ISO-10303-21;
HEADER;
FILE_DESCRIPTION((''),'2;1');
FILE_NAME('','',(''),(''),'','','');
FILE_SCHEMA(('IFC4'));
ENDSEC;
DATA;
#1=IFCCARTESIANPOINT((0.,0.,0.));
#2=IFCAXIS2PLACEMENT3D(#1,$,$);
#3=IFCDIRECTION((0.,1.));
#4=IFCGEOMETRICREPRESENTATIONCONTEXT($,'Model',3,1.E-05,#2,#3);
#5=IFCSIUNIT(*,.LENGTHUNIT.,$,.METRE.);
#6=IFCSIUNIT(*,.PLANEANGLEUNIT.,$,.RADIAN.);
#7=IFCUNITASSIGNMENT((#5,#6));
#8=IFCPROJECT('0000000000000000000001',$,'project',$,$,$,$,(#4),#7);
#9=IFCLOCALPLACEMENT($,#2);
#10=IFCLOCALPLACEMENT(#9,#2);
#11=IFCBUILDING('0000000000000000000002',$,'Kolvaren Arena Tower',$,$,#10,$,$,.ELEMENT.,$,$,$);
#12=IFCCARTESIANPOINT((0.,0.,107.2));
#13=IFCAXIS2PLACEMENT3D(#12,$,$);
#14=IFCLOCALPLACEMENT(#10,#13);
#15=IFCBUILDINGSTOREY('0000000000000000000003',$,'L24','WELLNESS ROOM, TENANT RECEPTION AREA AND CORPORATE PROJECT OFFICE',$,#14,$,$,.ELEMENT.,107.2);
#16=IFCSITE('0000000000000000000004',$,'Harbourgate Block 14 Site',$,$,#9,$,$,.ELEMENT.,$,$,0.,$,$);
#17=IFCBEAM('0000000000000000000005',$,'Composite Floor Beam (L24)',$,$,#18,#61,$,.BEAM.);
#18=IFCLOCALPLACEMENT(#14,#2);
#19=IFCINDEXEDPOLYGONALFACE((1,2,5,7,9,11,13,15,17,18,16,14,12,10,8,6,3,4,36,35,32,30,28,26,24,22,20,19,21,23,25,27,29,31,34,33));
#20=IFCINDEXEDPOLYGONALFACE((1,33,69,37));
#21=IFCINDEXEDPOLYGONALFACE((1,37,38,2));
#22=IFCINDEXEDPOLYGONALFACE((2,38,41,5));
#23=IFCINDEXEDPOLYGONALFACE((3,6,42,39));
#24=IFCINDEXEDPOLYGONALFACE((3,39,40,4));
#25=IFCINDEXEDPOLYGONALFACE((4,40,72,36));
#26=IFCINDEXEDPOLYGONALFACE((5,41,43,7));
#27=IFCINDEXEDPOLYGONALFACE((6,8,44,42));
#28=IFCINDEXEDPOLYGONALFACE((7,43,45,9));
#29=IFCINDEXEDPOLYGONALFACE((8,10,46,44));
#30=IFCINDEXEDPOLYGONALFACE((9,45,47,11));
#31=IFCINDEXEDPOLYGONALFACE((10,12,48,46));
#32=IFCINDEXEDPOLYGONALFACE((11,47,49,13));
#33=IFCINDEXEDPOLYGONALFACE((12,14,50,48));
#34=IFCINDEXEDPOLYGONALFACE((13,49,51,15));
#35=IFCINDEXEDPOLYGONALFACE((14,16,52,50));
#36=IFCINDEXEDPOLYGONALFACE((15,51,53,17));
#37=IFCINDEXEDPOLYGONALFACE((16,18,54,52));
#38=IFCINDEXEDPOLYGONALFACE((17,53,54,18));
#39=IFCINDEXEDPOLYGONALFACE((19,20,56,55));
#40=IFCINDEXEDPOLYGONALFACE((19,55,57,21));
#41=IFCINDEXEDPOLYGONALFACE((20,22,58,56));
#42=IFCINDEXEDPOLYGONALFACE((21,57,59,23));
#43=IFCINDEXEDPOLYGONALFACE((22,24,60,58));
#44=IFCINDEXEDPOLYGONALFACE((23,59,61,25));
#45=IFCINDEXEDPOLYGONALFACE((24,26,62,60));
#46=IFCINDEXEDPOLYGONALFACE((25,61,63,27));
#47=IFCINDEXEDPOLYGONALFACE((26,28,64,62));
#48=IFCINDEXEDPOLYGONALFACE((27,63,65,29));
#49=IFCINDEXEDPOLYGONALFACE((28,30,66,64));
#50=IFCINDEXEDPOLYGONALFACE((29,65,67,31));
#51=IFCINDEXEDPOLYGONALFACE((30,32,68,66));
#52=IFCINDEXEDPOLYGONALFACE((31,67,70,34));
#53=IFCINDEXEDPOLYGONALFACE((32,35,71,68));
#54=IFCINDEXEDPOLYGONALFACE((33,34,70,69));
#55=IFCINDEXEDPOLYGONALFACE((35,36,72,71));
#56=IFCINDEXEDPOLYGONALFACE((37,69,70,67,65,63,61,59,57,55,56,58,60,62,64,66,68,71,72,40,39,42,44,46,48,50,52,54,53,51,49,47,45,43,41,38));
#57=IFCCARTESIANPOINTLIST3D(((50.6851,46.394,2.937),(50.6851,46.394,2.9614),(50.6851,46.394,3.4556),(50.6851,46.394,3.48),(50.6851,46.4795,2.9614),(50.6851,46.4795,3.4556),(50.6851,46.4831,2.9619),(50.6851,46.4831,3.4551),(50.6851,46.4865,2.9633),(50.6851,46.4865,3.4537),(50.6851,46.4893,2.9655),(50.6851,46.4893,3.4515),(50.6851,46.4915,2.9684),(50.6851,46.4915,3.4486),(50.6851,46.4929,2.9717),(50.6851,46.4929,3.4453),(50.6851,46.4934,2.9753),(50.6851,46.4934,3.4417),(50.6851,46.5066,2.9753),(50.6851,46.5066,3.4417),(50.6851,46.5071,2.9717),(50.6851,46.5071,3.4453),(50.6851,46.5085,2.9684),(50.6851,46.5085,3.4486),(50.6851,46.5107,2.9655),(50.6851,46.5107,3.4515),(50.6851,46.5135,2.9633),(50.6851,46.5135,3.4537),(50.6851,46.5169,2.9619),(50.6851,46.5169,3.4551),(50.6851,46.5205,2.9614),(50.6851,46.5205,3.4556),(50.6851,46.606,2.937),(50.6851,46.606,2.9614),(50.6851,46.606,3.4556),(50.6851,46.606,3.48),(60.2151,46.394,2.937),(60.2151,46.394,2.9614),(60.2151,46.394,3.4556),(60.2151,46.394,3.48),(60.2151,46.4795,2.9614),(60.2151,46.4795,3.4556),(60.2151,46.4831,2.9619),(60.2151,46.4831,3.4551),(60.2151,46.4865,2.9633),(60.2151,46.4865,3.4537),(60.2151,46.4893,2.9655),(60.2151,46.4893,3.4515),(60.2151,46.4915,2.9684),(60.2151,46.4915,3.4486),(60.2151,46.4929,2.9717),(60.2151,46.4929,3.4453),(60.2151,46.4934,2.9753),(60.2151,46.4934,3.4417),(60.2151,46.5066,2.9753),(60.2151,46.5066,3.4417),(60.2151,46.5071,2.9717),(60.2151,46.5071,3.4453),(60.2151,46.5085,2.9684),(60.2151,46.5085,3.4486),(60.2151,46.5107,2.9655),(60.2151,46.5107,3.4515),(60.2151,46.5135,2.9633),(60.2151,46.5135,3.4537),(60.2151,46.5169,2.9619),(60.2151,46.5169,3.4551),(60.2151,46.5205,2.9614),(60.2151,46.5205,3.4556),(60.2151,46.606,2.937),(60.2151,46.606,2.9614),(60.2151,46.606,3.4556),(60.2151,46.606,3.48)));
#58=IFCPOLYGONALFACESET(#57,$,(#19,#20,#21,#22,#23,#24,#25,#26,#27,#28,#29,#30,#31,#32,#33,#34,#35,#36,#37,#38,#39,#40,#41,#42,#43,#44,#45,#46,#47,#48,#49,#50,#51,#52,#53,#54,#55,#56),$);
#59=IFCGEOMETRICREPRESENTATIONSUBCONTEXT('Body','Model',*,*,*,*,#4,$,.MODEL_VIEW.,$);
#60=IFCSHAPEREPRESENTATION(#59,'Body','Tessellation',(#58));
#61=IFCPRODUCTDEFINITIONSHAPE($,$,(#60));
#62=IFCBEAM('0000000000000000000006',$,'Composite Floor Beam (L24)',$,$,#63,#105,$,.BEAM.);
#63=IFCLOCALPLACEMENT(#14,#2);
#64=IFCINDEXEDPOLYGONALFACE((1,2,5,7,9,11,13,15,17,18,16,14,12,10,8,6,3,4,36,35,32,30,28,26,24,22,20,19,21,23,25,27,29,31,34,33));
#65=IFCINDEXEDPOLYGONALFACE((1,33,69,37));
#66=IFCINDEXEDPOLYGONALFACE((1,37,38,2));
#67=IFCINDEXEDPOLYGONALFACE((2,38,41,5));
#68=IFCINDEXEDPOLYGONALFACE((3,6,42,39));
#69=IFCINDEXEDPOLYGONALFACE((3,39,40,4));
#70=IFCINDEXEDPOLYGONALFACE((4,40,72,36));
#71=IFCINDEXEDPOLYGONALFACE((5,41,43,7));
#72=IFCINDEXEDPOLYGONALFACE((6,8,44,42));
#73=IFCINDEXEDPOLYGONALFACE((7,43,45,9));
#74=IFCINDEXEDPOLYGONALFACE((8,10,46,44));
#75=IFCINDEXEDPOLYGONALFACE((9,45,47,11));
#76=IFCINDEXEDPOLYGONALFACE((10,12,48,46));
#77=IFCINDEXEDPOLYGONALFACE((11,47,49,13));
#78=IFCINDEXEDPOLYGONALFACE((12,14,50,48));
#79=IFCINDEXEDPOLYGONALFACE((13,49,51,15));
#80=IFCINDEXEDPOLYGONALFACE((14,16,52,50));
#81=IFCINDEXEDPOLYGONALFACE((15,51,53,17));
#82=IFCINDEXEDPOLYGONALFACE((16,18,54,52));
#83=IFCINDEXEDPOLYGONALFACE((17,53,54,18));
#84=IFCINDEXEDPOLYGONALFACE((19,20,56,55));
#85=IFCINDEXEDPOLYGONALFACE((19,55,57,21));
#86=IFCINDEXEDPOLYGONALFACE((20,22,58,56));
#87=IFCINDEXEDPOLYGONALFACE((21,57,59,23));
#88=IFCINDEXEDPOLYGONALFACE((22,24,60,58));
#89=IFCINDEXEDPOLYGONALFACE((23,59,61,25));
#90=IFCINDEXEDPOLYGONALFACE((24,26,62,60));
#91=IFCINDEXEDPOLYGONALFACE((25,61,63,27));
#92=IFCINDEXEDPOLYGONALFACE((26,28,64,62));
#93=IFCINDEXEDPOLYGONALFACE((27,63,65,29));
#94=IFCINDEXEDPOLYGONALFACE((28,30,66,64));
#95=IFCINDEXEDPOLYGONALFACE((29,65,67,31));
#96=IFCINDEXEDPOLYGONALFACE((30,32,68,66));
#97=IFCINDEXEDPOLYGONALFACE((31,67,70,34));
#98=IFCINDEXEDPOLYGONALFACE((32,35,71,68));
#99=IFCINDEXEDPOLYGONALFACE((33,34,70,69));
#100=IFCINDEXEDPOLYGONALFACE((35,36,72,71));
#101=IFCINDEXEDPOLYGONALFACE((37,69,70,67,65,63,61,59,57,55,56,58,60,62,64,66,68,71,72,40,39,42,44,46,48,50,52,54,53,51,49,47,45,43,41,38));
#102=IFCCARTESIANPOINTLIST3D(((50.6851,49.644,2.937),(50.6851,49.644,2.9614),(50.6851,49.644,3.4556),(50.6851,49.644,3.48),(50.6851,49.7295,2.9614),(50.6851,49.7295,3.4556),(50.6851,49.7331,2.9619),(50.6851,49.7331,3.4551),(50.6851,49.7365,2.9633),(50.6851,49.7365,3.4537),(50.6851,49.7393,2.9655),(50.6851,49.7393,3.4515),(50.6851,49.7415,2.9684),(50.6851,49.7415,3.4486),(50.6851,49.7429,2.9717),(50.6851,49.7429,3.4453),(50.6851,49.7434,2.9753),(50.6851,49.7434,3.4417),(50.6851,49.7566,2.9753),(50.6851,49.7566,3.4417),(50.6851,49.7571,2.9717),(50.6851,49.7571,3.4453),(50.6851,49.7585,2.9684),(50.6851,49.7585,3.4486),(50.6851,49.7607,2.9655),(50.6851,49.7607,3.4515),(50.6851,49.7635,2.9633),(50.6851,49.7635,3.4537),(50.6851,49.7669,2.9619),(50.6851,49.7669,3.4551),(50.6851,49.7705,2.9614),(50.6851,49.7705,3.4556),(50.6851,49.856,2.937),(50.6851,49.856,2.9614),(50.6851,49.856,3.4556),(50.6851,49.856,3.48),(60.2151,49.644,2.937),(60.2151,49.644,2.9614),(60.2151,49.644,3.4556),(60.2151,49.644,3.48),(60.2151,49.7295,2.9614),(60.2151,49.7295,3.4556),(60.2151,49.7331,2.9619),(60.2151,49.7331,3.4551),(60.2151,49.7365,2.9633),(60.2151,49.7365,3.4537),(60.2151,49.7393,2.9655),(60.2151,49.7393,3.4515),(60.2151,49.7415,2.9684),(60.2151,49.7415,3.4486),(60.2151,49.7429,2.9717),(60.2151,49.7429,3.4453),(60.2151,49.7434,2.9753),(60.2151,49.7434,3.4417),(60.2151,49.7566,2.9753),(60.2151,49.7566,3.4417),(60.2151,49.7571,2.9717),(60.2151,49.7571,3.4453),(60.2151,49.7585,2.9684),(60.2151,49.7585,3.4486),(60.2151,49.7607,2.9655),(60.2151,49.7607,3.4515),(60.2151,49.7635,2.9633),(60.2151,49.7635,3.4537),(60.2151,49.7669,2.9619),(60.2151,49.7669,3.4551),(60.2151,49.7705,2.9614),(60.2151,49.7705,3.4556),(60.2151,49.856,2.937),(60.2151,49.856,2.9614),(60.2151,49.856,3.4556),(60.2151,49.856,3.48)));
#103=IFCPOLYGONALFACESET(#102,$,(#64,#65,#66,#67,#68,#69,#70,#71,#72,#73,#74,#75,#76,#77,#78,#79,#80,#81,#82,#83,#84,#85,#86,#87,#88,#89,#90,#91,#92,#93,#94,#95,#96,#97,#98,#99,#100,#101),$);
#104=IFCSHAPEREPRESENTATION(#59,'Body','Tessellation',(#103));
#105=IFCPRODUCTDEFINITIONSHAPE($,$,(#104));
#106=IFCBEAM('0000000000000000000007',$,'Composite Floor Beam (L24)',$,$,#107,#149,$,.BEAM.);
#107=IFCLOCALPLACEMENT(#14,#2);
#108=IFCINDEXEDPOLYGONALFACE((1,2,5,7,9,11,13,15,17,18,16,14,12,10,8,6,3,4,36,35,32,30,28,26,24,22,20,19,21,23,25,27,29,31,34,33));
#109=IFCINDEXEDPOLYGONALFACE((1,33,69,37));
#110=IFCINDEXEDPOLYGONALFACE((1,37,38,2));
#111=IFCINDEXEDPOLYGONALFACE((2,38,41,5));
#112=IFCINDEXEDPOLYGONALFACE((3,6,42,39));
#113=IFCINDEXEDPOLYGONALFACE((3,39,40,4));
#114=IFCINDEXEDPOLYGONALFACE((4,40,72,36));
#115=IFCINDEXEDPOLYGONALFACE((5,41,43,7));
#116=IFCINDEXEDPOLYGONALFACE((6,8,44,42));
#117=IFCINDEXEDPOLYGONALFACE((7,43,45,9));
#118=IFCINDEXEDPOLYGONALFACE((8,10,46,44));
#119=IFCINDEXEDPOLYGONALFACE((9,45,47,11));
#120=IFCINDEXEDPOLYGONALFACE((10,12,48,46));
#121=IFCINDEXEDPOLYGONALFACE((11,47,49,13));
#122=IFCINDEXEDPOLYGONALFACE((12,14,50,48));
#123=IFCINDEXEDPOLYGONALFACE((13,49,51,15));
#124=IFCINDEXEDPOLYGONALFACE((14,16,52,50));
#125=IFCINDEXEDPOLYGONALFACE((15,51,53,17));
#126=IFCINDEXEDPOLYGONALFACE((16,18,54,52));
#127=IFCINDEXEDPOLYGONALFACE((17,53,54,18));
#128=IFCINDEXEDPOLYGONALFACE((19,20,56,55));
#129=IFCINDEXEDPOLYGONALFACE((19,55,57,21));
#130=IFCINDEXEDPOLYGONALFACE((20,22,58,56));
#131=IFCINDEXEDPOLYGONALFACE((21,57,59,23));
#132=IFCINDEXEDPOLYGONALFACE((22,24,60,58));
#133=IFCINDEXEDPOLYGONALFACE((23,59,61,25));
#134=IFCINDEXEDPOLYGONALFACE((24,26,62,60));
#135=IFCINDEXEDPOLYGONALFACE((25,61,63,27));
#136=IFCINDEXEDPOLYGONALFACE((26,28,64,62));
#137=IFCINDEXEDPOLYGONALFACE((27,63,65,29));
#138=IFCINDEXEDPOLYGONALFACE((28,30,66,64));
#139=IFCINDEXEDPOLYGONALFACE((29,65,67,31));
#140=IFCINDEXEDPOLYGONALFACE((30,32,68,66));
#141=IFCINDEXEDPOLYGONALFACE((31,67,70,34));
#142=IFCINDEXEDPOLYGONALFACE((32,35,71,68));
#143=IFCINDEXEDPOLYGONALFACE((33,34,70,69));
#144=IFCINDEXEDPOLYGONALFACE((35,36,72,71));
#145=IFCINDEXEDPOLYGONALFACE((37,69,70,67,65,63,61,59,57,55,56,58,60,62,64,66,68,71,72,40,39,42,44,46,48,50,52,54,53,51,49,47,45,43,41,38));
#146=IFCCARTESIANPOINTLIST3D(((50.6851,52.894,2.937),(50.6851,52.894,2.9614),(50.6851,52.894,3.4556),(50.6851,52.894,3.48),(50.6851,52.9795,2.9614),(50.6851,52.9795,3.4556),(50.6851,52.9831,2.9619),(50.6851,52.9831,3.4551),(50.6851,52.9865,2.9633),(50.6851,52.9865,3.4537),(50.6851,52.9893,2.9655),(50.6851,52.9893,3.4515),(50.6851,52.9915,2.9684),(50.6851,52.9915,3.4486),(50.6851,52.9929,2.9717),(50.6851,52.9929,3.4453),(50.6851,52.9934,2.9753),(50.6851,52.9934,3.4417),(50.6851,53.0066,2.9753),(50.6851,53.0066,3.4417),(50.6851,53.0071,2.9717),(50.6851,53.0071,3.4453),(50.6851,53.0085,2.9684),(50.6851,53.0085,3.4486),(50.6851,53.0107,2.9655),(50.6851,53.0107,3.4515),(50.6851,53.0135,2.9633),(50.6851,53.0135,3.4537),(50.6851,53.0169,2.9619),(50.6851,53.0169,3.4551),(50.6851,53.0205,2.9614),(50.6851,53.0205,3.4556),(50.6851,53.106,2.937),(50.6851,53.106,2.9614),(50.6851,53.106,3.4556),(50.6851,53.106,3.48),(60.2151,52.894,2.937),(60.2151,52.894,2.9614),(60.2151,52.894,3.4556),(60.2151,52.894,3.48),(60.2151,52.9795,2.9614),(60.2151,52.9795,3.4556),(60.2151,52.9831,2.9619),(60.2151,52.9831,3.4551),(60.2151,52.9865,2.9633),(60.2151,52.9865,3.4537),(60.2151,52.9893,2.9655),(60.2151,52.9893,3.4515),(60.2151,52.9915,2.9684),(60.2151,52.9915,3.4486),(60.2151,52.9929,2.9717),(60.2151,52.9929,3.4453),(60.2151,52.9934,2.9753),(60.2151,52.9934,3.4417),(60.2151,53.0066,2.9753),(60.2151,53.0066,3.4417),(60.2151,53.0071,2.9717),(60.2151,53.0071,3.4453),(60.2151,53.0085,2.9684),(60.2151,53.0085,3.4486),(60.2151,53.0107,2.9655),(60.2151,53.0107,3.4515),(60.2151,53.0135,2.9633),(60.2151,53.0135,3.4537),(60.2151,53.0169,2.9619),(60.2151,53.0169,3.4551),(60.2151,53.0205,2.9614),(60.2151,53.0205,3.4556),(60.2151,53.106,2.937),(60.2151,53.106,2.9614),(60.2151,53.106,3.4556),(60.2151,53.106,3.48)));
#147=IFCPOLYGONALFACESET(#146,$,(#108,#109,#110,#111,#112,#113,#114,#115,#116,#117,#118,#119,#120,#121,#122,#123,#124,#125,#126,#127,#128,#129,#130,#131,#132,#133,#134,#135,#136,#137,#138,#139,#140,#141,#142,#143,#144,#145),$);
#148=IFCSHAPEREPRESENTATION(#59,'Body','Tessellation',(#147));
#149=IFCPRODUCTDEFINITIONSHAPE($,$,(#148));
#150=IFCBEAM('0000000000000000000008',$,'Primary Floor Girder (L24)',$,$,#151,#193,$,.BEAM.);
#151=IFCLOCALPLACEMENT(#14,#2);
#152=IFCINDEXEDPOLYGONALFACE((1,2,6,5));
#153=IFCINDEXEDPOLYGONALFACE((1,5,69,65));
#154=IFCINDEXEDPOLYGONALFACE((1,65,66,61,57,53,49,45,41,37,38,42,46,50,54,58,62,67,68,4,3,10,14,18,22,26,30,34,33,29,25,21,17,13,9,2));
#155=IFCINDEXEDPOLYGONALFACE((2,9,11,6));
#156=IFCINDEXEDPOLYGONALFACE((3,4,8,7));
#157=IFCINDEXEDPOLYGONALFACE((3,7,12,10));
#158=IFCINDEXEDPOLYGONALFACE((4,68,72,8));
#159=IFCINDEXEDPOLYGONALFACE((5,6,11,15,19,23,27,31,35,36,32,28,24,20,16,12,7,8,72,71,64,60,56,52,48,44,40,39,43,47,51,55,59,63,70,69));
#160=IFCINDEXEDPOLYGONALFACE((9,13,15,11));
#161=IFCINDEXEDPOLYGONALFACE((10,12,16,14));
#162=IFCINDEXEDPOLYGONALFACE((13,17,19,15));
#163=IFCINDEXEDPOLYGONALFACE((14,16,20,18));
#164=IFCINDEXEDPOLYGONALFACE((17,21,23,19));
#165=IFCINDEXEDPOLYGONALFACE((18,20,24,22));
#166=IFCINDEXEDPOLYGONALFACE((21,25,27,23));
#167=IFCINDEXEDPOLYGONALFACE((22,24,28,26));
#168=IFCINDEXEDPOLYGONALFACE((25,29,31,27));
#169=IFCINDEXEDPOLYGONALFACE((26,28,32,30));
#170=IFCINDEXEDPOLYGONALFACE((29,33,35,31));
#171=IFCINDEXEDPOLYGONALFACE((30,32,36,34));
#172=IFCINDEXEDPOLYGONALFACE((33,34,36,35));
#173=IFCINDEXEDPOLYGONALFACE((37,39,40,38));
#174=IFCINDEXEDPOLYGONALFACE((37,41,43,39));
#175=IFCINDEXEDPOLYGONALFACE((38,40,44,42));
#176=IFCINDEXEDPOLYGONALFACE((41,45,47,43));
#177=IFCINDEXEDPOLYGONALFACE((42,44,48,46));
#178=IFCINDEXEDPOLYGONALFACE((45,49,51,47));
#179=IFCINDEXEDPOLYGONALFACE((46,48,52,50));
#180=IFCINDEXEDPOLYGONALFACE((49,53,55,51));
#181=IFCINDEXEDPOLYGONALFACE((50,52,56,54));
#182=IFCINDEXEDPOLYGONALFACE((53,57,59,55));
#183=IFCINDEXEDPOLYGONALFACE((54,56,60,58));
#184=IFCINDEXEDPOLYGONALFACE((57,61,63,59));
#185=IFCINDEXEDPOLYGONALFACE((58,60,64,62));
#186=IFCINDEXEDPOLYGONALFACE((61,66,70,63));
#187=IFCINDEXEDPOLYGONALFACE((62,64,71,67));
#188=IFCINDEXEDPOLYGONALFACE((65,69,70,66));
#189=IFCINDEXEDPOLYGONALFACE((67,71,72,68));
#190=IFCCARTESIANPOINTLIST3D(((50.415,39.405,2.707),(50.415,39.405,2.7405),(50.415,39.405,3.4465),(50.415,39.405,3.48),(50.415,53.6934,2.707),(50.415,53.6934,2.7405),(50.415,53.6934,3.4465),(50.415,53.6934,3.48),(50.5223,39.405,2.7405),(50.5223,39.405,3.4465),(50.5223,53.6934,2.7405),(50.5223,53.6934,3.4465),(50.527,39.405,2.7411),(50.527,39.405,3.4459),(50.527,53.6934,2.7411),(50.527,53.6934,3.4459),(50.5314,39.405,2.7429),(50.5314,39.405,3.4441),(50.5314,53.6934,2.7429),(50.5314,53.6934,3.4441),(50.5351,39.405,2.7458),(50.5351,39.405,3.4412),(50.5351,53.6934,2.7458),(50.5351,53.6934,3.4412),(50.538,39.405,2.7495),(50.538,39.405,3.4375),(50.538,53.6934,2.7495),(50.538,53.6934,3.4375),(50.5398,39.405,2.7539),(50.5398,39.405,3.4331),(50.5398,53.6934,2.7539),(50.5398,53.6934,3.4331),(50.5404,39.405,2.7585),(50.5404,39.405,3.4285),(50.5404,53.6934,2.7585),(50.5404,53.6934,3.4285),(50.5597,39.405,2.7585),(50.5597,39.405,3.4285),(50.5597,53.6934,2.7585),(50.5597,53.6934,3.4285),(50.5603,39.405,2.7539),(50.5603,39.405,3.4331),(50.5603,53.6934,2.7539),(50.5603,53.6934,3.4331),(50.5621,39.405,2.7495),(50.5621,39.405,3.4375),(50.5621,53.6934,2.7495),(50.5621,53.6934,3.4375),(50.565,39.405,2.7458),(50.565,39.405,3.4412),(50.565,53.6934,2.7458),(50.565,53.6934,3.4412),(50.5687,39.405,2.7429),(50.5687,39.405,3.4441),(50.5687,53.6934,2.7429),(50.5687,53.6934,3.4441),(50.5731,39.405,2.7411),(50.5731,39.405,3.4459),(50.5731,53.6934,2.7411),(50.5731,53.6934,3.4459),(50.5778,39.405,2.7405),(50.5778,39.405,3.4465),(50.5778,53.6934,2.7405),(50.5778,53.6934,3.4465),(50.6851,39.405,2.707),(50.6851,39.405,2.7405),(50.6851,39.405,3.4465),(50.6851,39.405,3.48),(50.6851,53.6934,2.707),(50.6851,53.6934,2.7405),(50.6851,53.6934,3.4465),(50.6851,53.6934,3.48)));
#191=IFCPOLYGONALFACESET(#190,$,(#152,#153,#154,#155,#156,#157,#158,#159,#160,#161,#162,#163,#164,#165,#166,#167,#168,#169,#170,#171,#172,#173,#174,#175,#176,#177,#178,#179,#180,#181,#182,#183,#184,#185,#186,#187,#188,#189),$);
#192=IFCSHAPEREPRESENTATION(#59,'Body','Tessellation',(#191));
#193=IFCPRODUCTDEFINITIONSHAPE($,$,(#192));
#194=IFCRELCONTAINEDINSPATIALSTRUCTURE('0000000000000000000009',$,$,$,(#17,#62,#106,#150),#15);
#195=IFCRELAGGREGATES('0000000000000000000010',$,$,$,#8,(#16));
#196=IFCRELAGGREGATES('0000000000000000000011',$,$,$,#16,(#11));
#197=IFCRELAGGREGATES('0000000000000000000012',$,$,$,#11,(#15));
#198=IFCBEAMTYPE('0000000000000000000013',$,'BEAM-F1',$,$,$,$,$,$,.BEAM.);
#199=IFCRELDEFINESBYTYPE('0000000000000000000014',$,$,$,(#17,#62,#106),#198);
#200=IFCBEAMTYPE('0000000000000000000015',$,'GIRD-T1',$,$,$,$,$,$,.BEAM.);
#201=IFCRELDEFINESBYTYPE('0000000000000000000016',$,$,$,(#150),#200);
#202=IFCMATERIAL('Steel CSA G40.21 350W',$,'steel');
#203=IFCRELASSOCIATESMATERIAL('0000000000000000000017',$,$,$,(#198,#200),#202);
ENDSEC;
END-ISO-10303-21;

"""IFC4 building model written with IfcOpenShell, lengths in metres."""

from ifc_helpers import new_model, si_unit, direction, frame, origin, origin_2d, place, context, subcontext, project, spatial, i_section, extrude, material, material_profile, profile_set, type_object, element, save


model = new_model("IFC4")

# Units and contexts
model_context = context("Model", 3, precision=1e-05, world=origin(), true_north=direction((0.0, 1.0)))
body_context = subcontext(model_context, "Body", "Model", "MODEL_VIEW")
ifc_project = project(units=[si_unit("LENGTHUNIT", "METRE"), si_unit("PLANEANGLEUNIT", "RADIAN")], contexts=[model_context])

# Site, building, storey
site_placement = place(None, origin())
site = spatial("IfcSite", under=ifc_project, at=site_placement, Name="Harbourgate Block 14 Site", CompositionType="ELEMENT", RefElevation=0.0)
building_placement = place(site_placement, origin())
building = spatial("IfcBuilding", under=site, at=building_placement, Name="Kolvaren Arena Tower", CompositionType="ELEMENT")
storey_placement = place(building_placement, frame((0.0, 0.0, 107.2)))
storey = spatial("IfcBuildingStorey", under=building, at=storey_placement, Name="L24", Description="WELLNESS ROOM, TENANT RECEPTION AREA AND CORPORATE PROJECT OFFICE", CompositionType="ELEMENT", Elevation=107.2)

# Beams
ifc_material_1 = material(Name="Steel CSA G40.21 350W", Category="steel")
ifc_material_profile_1 = material_profile(ifc_material_1, i_section(OverallWidth=0.2119, OverallDepth=0.543, WebThickness=0.0132, FlangeThickness=0.0244, FilletRadius=0.0139, at=origin_2d()), Name="W530x150")
ifc_profile_set_1 = profile_set([ifc_material_profile_1], Name="Steel CSA G40.21 350W")
beam_type_1 = type_object("IfcBeamType", Name="BEAM-F1", PredefinedType="BEAM", material=ifc_profile_set_1)
for number, where, z_axis, x_axis, name in (
    (1, (50.6851, 46.5, 3.2085), (1.0, 0.0, 0.0), (0.0, 1.0, 0.0), "Composite Floor Beam (L24)"),
    (2, (50.6851, 49.75, 3.2085), (1.0, 0.0, 0.0), (0.0, 1.0, 0.0), "Composite Floor Beam (L24)"),
    (3, (50.6851, 53.0, 3.2085), (1.0, 0.0, 0.0), (0.0, 1.0, 0.0), "Composite Floor Beam (L24)"),
):
    element("IfcBeam", number, at=place(storey_placement, frame(where, z_axis=z_axis, x_axis=x_axis)), inside=storey, type_object=beam_type_1, Name=name, PredefinedType="BEAM", context=body_context, shape_type="SweptSolid", body=[
        extrude(i_section(OverallWidth=0.2119, OverallDepth=0.543, WebThickness=0.0132, FlangeThickness=0.0244, FilletRadius=0.0139, at=origin_2d()), origin(), (0.0, 0.0, 1.0), 9.53),
    ])
ifc_material_profile_2 = material_profile(ifc_material_1, i_section(OverallWidth=0.27, OverallDepth=0.7729, WebThickness=0.0193, FlangeThickness=0.0334, FilletRadius=0.0181, at=origin_2d()), Name="W760x257")
ifc_profile_set_2 = profile_set([ifc_material_profile_2], Name="Steel CSA G40.21 350W")
beam_type_2 = type_object("IfcBeamType", Name="GIRD-T1", PredefinedType="BEAM", material=ifc_profile_set_2)
beam_1_placement = place(storey_placement, frame((50.55, 39.405, 3.0935), z_axis=(0.0, 1.0, 0.0), x_axis=(-1.0, 0.0, 0.0)))
element("IfcBeam", 4, at=beam_1_placement, inside=storey, type_object=beam_type_2, Name="Primary Floor Girder (L24)", PredefinedType="BEAM", context=body_context, shape_type="SweptSolid", body=[
    extrude(i_section(OverallWidth=0.27, OverallDepth=0.7729, WebThickness=0.0193, FlangeThickness=0.0334, FilletRadius=0.0181, at=origin_2d()), origin(), (0.0, 0.0, 1.0), 14.2883),
])

save(model, "model.ifc")
